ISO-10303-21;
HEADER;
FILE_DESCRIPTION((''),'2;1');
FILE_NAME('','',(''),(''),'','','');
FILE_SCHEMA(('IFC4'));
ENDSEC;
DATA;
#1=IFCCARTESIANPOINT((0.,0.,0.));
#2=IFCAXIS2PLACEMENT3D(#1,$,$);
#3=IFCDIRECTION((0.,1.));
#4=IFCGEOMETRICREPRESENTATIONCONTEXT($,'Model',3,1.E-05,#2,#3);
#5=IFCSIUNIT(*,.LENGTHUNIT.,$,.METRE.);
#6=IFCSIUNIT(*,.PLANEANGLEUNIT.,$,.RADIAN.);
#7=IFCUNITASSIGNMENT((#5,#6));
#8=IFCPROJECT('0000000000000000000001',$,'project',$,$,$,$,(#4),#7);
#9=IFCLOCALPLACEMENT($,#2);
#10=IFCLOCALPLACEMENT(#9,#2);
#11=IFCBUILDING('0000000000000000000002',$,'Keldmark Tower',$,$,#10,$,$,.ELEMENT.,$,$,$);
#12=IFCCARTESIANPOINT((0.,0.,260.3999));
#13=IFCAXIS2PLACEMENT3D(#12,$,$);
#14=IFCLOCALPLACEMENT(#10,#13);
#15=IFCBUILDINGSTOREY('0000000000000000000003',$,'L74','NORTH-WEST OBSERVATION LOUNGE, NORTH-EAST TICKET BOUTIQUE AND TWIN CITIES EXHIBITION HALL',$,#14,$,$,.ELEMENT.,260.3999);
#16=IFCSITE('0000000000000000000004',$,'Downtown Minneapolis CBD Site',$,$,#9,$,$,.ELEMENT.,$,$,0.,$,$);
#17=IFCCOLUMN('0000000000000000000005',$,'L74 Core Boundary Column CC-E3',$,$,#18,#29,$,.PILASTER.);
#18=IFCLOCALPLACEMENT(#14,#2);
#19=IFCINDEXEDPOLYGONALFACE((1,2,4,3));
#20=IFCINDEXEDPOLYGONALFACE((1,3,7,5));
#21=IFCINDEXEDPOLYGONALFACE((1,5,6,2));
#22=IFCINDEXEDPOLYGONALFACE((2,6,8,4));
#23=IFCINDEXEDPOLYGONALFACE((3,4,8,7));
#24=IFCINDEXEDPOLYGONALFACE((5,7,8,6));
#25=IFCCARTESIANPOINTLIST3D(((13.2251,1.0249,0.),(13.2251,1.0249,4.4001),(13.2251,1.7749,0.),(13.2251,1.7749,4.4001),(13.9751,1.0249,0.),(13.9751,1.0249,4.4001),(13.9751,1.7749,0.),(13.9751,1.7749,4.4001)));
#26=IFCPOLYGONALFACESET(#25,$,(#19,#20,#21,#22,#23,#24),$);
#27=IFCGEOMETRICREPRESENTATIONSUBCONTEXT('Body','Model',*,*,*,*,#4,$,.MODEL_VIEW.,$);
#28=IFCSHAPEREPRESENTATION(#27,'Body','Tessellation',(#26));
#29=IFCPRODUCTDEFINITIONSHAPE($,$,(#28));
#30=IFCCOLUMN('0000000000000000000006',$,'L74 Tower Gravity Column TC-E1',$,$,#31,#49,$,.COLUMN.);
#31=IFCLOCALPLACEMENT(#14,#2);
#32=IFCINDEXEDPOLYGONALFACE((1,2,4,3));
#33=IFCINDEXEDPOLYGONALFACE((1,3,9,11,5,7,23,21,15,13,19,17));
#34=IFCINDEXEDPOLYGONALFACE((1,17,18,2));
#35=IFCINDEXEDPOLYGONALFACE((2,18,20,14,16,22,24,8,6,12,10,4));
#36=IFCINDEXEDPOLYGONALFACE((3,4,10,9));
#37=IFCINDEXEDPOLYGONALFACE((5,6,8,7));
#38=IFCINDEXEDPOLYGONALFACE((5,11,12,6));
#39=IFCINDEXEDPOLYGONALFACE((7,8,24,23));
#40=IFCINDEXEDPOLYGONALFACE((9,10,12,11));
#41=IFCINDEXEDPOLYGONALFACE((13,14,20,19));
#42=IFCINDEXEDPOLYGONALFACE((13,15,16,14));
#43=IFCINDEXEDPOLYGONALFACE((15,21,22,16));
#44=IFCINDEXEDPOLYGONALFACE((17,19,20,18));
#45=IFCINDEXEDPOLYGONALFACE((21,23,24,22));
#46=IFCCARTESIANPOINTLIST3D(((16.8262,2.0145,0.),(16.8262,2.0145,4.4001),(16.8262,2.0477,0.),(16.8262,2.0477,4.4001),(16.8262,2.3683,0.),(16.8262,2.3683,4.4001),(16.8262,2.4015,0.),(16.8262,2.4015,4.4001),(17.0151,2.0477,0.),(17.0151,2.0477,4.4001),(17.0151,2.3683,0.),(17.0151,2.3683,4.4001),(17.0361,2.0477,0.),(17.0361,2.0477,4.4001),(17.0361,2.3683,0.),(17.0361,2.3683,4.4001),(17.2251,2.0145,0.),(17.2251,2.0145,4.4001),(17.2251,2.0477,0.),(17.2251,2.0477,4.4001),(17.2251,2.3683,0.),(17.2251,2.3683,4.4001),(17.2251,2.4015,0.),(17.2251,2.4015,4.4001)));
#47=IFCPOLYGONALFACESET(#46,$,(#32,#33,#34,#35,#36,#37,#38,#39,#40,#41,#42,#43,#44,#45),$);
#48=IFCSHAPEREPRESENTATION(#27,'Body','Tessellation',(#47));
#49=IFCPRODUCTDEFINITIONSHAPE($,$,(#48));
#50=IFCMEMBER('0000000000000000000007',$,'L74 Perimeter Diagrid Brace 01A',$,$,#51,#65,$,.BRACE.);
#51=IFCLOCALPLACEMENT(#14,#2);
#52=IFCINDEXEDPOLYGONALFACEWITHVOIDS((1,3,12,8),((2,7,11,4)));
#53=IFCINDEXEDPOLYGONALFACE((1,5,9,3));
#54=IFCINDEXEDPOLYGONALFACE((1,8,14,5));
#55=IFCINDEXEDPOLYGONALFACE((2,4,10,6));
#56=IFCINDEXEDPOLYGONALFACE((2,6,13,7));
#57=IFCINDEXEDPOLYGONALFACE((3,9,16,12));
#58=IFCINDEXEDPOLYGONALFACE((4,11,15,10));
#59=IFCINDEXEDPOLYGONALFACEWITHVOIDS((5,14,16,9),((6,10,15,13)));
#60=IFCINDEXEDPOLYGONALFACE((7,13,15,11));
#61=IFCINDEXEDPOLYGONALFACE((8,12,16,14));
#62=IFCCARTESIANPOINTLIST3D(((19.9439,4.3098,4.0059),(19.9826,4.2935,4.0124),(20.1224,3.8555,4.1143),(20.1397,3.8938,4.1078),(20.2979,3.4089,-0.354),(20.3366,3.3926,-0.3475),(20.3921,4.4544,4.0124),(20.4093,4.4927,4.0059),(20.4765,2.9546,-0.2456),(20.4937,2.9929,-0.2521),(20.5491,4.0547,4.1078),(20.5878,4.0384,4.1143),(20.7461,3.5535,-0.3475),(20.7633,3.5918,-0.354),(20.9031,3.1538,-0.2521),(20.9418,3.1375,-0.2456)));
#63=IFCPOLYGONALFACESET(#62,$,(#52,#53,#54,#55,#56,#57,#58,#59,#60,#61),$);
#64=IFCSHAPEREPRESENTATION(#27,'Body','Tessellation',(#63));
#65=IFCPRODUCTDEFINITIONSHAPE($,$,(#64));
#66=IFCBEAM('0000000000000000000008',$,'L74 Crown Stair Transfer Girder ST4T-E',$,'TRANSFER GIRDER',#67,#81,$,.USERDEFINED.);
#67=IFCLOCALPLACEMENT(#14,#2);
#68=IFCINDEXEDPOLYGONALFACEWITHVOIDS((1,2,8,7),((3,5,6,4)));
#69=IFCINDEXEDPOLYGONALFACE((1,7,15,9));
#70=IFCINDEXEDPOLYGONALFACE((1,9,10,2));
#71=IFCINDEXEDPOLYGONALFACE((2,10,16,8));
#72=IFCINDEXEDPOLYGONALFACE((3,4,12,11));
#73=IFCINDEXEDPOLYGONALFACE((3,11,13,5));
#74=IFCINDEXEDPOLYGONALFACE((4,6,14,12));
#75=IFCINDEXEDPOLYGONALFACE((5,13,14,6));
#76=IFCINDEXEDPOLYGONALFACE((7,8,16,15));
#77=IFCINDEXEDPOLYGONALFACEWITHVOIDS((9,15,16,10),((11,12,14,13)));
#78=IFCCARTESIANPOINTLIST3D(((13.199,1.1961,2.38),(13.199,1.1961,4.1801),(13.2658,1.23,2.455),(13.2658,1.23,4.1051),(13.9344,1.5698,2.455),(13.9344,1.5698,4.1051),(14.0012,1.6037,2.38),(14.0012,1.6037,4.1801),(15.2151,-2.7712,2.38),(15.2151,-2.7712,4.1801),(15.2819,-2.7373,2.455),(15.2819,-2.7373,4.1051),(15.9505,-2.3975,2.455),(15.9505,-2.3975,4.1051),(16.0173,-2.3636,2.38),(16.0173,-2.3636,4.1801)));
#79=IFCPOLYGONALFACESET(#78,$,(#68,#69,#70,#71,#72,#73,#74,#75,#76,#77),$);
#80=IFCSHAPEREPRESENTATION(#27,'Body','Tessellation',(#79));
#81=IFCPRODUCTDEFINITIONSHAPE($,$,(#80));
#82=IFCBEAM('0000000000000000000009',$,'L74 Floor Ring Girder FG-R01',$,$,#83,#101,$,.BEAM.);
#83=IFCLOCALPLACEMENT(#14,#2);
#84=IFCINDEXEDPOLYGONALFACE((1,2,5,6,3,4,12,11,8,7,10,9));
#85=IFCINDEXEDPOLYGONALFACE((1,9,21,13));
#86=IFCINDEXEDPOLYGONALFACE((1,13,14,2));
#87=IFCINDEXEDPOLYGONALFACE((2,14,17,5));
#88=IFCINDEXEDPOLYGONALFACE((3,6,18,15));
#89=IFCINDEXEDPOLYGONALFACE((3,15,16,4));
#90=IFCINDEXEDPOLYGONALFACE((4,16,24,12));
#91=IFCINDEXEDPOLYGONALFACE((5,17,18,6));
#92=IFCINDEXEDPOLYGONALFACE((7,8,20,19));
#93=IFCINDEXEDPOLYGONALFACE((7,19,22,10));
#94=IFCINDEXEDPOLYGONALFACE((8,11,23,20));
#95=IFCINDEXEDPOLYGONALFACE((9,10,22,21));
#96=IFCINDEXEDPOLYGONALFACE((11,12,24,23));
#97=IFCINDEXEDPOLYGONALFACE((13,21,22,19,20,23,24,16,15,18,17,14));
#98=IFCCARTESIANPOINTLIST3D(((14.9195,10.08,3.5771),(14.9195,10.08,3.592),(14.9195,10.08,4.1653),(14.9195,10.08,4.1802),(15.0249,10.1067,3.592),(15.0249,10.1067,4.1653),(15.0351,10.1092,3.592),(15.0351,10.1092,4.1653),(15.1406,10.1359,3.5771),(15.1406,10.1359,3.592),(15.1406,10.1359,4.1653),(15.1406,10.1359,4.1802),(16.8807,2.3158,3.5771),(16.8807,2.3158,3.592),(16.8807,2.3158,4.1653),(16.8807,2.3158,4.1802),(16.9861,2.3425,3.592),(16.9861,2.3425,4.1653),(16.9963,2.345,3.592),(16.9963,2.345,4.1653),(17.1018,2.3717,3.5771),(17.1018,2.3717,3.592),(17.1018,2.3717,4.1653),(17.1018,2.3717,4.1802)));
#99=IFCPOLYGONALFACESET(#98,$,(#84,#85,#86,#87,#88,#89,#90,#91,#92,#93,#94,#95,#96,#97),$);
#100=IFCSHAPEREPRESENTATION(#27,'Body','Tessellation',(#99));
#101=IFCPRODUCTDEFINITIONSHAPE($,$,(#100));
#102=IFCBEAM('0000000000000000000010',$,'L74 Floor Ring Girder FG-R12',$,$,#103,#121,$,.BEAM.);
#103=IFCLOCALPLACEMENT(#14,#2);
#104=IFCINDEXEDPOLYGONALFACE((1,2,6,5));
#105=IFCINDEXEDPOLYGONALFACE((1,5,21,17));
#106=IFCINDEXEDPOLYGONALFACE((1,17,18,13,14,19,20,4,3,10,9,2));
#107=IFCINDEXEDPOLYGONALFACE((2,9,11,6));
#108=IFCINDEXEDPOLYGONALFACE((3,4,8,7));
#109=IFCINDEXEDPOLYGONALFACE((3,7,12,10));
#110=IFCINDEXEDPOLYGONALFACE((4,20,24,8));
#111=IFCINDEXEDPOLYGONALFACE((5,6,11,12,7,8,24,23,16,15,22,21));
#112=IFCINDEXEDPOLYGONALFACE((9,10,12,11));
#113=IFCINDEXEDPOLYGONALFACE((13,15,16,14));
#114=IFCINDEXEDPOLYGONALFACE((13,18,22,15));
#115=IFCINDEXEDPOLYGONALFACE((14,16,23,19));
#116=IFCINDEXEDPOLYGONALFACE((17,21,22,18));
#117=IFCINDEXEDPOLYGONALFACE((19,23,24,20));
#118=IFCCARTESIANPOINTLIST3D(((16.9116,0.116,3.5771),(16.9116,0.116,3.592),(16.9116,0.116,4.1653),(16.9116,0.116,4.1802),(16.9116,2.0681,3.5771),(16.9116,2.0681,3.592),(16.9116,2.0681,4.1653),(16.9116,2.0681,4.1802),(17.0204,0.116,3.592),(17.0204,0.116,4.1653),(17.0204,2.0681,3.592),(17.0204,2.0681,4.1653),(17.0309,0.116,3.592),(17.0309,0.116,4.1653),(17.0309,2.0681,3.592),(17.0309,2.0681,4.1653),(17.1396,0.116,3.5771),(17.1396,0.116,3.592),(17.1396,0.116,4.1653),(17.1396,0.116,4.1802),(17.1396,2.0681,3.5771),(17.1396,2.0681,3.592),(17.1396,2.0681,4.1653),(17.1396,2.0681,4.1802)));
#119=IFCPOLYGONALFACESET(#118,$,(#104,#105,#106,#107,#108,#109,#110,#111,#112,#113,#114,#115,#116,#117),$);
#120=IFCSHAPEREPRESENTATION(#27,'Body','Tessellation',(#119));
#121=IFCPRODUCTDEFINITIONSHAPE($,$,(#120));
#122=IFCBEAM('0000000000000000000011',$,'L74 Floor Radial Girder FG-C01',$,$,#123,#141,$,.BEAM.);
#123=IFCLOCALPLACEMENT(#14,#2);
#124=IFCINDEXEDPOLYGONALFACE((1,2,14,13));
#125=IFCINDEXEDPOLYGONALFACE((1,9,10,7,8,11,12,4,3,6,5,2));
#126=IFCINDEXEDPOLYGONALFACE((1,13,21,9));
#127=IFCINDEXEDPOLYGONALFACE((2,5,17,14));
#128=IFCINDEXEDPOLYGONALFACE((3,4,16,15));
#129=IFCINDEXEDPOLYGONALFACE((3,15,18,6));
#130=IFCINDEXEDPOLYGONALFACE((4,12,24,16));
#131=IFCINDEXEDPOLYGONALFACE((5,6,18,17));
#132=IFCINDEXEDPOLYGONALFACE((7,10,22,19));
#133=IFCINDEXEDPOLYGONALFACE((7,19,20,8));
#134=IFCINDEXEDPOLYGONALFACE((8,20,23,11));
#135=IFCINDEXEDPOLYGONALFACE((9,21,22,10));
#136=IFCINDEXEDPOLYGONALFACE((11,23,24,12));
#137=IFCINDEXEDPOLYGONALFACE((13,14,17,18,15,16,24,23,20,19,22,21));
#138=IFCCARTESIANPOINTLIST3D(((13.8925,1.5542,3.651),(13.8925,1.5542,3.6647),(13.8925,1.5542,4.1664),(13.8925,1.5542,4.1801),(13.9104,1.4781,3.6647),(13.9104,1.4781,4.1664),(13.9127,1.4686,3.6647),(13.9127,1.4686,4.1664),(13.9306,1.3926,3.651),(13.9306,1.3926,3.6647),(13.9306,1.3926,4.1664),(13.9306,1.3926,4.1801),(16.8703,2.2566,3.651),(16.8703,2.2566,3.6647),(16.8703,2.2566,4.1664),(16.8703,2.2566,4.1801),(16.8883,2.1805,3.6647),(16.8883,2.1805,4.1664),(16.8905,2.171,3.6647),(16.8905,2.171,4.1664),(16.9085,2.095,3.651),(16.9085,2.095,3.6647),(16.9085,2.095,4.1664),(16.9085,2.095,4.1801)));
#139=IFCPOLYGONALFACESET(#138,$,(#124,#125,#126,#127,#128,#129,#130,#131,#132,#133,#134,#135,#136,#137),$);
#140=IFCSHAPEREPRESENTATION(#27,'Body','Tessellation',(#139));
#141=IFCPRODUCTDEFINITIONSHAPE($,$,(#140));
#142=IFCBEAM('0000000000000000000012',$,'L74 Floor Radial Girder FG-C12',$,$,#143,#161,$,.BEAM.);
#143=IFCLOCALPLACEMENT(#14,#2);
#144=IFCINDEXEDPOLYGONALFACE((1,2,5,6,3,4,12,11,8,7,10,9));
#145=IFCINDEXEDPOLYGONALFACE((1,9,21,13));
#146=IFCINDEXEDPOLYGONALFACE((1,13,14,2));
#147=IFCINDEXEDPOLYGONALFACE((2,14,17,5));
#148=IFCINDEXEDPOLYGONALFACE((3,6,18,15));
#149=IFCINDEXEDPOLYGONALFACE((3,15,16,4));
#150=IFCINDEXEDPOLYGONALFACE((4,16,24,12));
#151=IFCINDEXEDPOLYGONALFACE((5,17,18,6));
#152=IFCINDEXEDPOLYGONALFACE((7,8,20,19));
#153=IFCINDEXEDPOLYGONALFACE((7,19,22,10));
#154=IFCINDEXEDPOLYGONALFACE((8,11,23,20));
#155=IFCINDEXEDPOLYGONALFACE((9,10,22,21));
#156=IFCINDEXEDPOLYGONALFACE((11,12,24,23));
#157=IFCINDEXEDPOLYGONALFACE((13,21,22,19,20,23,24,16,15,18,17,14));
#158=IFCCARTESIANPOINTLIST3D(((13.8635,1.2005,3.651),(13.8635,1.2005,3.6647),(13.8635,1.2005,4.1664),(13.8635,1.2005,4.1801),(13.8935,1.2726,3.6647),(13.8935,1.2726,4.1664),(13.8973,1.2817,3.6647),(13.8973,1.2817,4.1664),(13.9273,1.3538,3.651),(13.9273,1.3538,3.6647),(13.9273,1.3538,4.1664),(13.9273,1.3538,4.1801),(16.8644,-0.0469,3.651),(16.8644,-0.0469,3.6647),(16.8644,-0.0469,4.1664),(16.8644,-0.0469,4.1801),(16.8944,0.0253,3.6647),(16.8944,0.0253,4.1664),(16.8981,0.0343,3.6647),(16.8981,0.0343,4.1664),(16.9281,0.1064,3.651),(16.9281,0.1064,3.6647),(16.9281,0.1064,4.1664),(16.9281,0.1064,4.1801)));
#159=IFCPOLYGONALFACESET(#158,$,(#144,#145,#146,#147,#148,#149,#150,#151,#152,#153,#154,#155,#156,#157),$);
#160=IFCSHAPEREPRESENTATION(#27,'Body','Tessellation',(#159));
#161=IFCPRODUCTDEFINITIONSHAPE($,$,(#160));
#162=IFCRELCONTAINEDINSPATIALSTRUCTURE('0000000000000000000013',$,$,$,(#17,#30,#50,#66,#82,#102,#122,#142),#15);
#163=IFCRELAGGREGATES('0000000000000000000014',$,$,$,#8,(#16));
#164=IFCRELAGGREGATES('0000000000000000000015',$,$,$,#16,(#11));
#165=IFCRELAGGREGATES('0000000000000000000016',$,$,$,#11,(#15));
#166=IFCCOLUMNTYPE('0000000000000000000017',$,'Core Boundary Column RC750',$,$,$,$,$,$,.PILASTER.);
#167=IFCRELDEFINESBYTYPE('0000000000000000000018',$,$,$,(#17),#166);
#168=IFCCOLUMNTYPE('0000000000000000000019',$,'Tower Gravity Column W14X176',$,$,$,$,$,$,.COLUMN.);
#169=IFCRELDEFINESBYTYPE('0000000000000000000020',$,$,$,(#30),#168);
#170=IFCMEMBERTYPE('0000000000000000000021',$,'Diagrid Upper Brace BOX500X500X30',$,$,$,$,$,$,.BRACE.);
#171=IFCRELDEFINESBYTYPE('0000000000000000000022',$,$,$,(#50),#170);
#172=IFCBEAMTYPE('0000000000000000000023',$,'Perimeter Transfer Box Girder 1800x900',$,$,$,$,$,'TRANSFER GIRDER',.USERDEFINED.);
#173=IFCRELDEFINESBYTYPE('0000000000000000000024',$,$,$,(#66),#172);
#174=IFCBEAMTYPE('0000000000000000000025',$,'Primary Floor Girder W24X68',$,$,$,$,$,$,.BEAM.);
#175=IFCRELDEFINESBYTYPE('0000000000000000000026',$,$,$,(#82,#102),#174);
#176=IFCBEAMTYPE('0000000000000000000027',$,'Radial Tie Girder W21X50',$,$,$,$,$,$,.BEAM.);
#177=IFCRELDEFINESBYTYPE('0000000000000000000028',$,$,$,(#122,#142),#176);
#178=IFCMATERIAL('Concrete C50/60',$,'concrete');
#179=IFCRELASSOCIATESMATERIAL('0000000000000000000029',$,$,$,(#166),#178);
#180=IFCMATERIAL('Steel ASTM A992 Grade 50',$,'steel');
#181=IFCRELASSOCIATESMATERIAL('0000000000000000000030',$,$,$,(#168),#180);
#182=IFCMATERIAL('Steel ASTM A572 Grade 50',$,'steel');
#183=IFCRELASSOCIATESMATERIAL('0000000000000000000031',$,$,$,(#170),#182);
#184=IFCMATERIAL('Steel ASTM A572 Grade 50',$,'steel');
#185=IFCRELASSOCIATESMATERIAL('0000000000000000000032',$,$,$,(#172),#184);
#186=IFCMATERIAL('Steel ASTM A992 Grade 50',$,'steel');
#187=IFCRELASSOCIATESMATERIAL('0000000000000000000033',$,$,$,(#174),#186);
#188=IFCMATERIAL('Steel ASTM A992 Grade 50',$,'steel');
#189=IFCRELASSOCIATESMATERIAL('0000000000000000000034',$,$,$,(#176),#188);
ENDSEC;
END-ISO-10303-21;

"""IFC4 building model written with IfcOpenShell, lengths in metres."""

from ifc_helpers import new_model, si_unit, direction, frame, origin, origin_2d, place, context, subcontext, project, spatial, rectangle, hollow_rectangle, i_section, extrude, material, material_profile, profile_set, type_object, element, save


model = new_model("IFC4")

# Units and contexts
model_context = context("Model", 3, precision=1e-05, world=origin(), true_north=direction((0.0, 1.0)))
body_context = subcontext(model_context, "Body", "Model", "MODEL_VIEW")
ifc_project = project(units=[si_unit("LENGTHUNIT", "METRE"), si_unit("PLANEANGLEUNIT", "RADIAN")], contexts=[model_context])

# Site, building, storey
site_placement = place(None, origin())
site = spatial("IfcSite", under=ifc_project, at=site_placement, Name="Downtown Minneapolis CBD Site", CompositionType="ELEMENT", RefElevation=0.0)
building_placement = place(site_placement, origin())
building = spatial("IfcBuilding", under=site, at=building_placement, Name="Keldmark Tower", CompositionType="ELEMENT")
storey_placement = place(building_placement, frame((0.0, 0.0, 260.3999)))
storey = spatial("IfcBuildingStorey", under=building, at=storey_placement, Name="L74", Description="NORTH-WEST OBSERVATION LOUNGE, NORTH-EAST TICKET BOUTIQUE AND TWIN CITIES EXHIBITION HALL", CompositionType="ELEMENT", Elevation=260.3999)

# Columns
ifc_material_1 = material(Name="Concrete C50/60", Category="concrete")
ifc_material_profile_1 = material_profile(ifc_material_1, rectangle(XDim=0.75, YDim=0.75, at=origin_2d()), Name="RC750X750")
ifc_profile_set_1 = profile_set([ifc_material_profile_1], Name="Concrete C50/60")
column_type_1 = type_object("IfcColumnType", Name="Core Boundary Column RC750", PredefinedType="PILASTER", material=ifc_profile_set_1)
column_1_placement = place(storey_placement, frame((13.6001, 1.3999, 0.0), z_axis=(0.0, 0.0, 1.0), x_axis=(1.0, 0.0, 0.0)))
element("IfcColumn", 1, at=column_1_placement, inside=storey, type_object=column_type_1, Name="L74 Core Boundary Column CC-E3", PredefinedType="PILASTER", context=body_context, shape_type="SweptSolid", body=[
    extrude(rectangle(XDim=0.75, YDim=0.75, at=origin_2d()), origin(), (0.0, 0.0, 1.0), 4.4001),
])
ifc_material_2 = material(Name="Steel ASTM A992 Grade 50", Category="steel")
ifc_material_profile_2 = material_profile(ifc_material_2, i_section(OverallWidth=0.3989, OverallDepth=0.387, WebThickness=0.021, FlangeThickness=0.0332, at=origin_2d()), Name="W14X176")
ifc_profile_set_2 = profile_set([ifc_material_profile_2], Name="Steel ASTM A992 Grade 50")
column_type_2 = type_object("IfcColumnType", Name="Tower Gravity Column W14X176", PredefinedType="COLUMN", material=ifc_profile_set_2)
column_2_placement = place(storey_placement, frame((17.0256, 2.208, 0.0), z_axis=(0.0, 0.0, 1.0), x_axis=(1.0, 0.0, 0.0)))
element("IfcColumn", 2, at=column_2_placement, inside=storey, type_object=column_type_2, Name="L74 Tower Gravity Column TC-E1", PredefinedType="COLUMN", context=body_context, shape_type="SweptSolid", body=[
    extrude(i_section(OverallWidth=0.3989, OverallDepth=0.387, WebThickness=0.021, FlangeThickness=0.0332, at=origin_2d()), origin(), (0.0, 0.0, 1.0), 4.4001),
])

# Member
ifc_material_3 = material(Name="Steel ASTM A572 Grade 50", Category="steel")
ifc_material_profile_3 = material_profile(ifc_material_3, hollow_rectangle(XDim=0.5, YDim=0.5, WallThickness=0.03, at=origin_2d()), Name="BOX500X500X30")
ifc_profile_set_3 = profile_set([ifc_material_profile_3], Name="Steel ASTM A572 Grade 50")
member_type = type_object("IfcMemberType", Name="Diagrid Upper Brace BOX500X500X30", PredefinedType="BRACE", material=ifc_profile_set_3)
member_placement = place(storey_placement, frame((20.6199, 3.2732, -0.2998), z_axis=(-0.079266, 0.201719, 0.976231), x_axis=(-0.930721, -0.36573, 0.0)))
element("IfcMember", 3, at=member_placement, inside=storey, type_object=member_type, Name="L74 Perimeter Diagrid Brace 01A", PredefinedType="BRACE", context=body_context, shape_type="SweptSolid", body=[
    extrude(hollow_rectangle(XDim=0.5, YDim=0.5, WallThickness=0.03, at=origin_2d()), origin(), (0.0, 0.0, 1.0), 4.4661),
])

# Beams
ifc_material_4 = material(Name="Steel ASTM A572 Grade 50", Category="steel")
ifc_material_profile_4 = material_profile(ifc_material_4, hollow_rectangle(XDim=0.8999, YDim=1.8, WallThickness=0.075, at=origin_2d()), Name="TBOX1800X900X75")
ifc_profile_set_4 = profile_set([ifc_material_profile_4], Name="Steel ASTM A572 Grade 50")
beam_type_1 = type_object("IfcBeamType", Name="Perimeter Transfer Box Girder 1800x900", ElementType="TRANSFER GIRDER", PredefinedType="USERDEFINED", material=ifc_profile_set_4)
beam_1_placement = place(storey_placement, frame((13.6001, 1.3999, 3.28), z_axis=(0.453041, -0.89149, 0.0), x_axis=(0.89149, 0.453041, 0.0)))
element("IfcBeam", 4, at=beam_1_placement, inside=storey, type_object=beam_type_1, Name="L74 Crown Stair Transfer Girder ST4T-E", ObjectType="TRANSFER GIRDER", PredefinedType="USERDEFINED", context=body_context, shape_type="SweptSolid", body=[
    extrude(hollow_rectangle(XDim=0.8999, YDim=1.8, WallThickness=0.075, at=origin_2d()), origin(), (0.0, 0.0, 1.0), 4.4502),
])
ifc_material_5 = material(Name="Steel ASTM A992 Grade 50", Category="steel")
ifc_material_profile_5 = material_profile(ifc_material_5, i_section(OverallWidth=0.228, OverallDepth=0.603, WebThickness=0.0105, FlangeThickness=0.0149, at=origin_2d()), Name="W24X68")
ifc_profile_set_5 = profile_set([ifc_material_profile_5], Name="Steel ASTM A992 Grade 50")
beam_type_2 = type_object("IfcBeamType", Name="Primary Floor Girder W24X68", PredefinedType="BEAM", material=ifc_profile_set_5)
beam_2_placement = place(storey_placement, frame((16.9912, 2.3438, 3.8787), z_axis=(-0.244902, 0.969548, 0.0), x_axis=(-0.969548, -0.244902, 0.0)))
element("IfcBeam", 5, at=beam_2_placement, inside=storey, type_object=beam_type_2, Name="L74 Floor Ring Girder FG-R01", PredefinedType="BEAM", context=body_context, shape_type="SweptSolid", body=[
    extrude(i_section(OverallWidth=0.228, OverallDepth=0.603, WebThickness=0.0105, FlangeThickness=0.0149, at=origin_2d()), origin(), (0.0, 0.0, 1.0), 8.0081),
])
beam_3_placement = place(storey_placement, frame((17.0256, 0.116, 3.8787), z_axis=(0.0, 1.0, 0.0), x_axis=(-1.0, 0.0, 0.0)))
element("IfcBeam", 6, at=beam_3_placement, inside=storey, type_object=beam_type_2, Name="L74 Floor Ring Girder FG-R12", PredefinedType="BEAM", context=body_context, shape_type="SweptSolid", body=[
    extrude(i_section(OverallWidth=0.228, OverallDepth=0.603, WebThickness=0.0105, FlangeThickness=0.0149, at=origin_2d()), origin(), (0.0, 0.0, 1.0), 1.9521),
])
ifc_material_6 = material(Name="Steel ASTM A992 Grade 50", Category="steel")
ifc_material_profile_6 = material_profile(ifc_material_6, i_section(OverallWidth=0.166, OverallDepth=0.5291, WebThickness=0.0098, FlangeThickness=0.0137, at=origin_2d()), Name="W21X50")
ifc_profile_set_6 = profile_set([ifc_material_profile_6], Name="Steel ASTM A992 Grade 50")
beam_type_3 = type_object("IfcBeamType", Name="Radial Tie Girder W21X50", PredefinedType="BEAM", material=ifc_profile_set_6)
beam_4_placement = place(storey_placement, frame((16.8894, 2.1758, 3.9155), z_axis=(-0.97329, -0.229577, 0.0), x_axis=(0.229577, -0.97329, 0.0)))
element("IfcBeam", 7, at=beam_4_placement, inside=storey, type_object=beam_type_3, Name="L74 Floor Radial Girder FG-C01", PredefinedType="BEAM", context=body_context, shape_type="SweptSolid", body=[
    extrude(i_section(OverallWidth=0.166, OverallDepth=0.5291, WebThickness=0.0098, FlangeThickness=0.0137, at=origin_2d()), origin(), (0.0, 0.0, 1.0), 3.0596),
])
beam_5_placement = place(storey_placement, frame((16.8962, 0.0298, 3.9155), z_axis=(-0.923403, 0.383831, 0.0), x_axis=(-0.383831, -0.923403, 0.0)))
element("IfcBeam", 8, at=beam_5_placement, inside=storey, type_object=beam_type_3, Name="L74 Floor Radial Girder FG-C12", PredefinedType="BEAM", context=body_context, shape_type="SweptSolid", body=[
    extrude(i_section(OverallWidth=0.166, OverallDepth=0.5291, WebThickness=0.0098, FlangeThickness=0.0137, at=origin_2d()), origin(), (0.0, 0.0, 1.0), 3.2498),
])

save(model, "model.ifc")
